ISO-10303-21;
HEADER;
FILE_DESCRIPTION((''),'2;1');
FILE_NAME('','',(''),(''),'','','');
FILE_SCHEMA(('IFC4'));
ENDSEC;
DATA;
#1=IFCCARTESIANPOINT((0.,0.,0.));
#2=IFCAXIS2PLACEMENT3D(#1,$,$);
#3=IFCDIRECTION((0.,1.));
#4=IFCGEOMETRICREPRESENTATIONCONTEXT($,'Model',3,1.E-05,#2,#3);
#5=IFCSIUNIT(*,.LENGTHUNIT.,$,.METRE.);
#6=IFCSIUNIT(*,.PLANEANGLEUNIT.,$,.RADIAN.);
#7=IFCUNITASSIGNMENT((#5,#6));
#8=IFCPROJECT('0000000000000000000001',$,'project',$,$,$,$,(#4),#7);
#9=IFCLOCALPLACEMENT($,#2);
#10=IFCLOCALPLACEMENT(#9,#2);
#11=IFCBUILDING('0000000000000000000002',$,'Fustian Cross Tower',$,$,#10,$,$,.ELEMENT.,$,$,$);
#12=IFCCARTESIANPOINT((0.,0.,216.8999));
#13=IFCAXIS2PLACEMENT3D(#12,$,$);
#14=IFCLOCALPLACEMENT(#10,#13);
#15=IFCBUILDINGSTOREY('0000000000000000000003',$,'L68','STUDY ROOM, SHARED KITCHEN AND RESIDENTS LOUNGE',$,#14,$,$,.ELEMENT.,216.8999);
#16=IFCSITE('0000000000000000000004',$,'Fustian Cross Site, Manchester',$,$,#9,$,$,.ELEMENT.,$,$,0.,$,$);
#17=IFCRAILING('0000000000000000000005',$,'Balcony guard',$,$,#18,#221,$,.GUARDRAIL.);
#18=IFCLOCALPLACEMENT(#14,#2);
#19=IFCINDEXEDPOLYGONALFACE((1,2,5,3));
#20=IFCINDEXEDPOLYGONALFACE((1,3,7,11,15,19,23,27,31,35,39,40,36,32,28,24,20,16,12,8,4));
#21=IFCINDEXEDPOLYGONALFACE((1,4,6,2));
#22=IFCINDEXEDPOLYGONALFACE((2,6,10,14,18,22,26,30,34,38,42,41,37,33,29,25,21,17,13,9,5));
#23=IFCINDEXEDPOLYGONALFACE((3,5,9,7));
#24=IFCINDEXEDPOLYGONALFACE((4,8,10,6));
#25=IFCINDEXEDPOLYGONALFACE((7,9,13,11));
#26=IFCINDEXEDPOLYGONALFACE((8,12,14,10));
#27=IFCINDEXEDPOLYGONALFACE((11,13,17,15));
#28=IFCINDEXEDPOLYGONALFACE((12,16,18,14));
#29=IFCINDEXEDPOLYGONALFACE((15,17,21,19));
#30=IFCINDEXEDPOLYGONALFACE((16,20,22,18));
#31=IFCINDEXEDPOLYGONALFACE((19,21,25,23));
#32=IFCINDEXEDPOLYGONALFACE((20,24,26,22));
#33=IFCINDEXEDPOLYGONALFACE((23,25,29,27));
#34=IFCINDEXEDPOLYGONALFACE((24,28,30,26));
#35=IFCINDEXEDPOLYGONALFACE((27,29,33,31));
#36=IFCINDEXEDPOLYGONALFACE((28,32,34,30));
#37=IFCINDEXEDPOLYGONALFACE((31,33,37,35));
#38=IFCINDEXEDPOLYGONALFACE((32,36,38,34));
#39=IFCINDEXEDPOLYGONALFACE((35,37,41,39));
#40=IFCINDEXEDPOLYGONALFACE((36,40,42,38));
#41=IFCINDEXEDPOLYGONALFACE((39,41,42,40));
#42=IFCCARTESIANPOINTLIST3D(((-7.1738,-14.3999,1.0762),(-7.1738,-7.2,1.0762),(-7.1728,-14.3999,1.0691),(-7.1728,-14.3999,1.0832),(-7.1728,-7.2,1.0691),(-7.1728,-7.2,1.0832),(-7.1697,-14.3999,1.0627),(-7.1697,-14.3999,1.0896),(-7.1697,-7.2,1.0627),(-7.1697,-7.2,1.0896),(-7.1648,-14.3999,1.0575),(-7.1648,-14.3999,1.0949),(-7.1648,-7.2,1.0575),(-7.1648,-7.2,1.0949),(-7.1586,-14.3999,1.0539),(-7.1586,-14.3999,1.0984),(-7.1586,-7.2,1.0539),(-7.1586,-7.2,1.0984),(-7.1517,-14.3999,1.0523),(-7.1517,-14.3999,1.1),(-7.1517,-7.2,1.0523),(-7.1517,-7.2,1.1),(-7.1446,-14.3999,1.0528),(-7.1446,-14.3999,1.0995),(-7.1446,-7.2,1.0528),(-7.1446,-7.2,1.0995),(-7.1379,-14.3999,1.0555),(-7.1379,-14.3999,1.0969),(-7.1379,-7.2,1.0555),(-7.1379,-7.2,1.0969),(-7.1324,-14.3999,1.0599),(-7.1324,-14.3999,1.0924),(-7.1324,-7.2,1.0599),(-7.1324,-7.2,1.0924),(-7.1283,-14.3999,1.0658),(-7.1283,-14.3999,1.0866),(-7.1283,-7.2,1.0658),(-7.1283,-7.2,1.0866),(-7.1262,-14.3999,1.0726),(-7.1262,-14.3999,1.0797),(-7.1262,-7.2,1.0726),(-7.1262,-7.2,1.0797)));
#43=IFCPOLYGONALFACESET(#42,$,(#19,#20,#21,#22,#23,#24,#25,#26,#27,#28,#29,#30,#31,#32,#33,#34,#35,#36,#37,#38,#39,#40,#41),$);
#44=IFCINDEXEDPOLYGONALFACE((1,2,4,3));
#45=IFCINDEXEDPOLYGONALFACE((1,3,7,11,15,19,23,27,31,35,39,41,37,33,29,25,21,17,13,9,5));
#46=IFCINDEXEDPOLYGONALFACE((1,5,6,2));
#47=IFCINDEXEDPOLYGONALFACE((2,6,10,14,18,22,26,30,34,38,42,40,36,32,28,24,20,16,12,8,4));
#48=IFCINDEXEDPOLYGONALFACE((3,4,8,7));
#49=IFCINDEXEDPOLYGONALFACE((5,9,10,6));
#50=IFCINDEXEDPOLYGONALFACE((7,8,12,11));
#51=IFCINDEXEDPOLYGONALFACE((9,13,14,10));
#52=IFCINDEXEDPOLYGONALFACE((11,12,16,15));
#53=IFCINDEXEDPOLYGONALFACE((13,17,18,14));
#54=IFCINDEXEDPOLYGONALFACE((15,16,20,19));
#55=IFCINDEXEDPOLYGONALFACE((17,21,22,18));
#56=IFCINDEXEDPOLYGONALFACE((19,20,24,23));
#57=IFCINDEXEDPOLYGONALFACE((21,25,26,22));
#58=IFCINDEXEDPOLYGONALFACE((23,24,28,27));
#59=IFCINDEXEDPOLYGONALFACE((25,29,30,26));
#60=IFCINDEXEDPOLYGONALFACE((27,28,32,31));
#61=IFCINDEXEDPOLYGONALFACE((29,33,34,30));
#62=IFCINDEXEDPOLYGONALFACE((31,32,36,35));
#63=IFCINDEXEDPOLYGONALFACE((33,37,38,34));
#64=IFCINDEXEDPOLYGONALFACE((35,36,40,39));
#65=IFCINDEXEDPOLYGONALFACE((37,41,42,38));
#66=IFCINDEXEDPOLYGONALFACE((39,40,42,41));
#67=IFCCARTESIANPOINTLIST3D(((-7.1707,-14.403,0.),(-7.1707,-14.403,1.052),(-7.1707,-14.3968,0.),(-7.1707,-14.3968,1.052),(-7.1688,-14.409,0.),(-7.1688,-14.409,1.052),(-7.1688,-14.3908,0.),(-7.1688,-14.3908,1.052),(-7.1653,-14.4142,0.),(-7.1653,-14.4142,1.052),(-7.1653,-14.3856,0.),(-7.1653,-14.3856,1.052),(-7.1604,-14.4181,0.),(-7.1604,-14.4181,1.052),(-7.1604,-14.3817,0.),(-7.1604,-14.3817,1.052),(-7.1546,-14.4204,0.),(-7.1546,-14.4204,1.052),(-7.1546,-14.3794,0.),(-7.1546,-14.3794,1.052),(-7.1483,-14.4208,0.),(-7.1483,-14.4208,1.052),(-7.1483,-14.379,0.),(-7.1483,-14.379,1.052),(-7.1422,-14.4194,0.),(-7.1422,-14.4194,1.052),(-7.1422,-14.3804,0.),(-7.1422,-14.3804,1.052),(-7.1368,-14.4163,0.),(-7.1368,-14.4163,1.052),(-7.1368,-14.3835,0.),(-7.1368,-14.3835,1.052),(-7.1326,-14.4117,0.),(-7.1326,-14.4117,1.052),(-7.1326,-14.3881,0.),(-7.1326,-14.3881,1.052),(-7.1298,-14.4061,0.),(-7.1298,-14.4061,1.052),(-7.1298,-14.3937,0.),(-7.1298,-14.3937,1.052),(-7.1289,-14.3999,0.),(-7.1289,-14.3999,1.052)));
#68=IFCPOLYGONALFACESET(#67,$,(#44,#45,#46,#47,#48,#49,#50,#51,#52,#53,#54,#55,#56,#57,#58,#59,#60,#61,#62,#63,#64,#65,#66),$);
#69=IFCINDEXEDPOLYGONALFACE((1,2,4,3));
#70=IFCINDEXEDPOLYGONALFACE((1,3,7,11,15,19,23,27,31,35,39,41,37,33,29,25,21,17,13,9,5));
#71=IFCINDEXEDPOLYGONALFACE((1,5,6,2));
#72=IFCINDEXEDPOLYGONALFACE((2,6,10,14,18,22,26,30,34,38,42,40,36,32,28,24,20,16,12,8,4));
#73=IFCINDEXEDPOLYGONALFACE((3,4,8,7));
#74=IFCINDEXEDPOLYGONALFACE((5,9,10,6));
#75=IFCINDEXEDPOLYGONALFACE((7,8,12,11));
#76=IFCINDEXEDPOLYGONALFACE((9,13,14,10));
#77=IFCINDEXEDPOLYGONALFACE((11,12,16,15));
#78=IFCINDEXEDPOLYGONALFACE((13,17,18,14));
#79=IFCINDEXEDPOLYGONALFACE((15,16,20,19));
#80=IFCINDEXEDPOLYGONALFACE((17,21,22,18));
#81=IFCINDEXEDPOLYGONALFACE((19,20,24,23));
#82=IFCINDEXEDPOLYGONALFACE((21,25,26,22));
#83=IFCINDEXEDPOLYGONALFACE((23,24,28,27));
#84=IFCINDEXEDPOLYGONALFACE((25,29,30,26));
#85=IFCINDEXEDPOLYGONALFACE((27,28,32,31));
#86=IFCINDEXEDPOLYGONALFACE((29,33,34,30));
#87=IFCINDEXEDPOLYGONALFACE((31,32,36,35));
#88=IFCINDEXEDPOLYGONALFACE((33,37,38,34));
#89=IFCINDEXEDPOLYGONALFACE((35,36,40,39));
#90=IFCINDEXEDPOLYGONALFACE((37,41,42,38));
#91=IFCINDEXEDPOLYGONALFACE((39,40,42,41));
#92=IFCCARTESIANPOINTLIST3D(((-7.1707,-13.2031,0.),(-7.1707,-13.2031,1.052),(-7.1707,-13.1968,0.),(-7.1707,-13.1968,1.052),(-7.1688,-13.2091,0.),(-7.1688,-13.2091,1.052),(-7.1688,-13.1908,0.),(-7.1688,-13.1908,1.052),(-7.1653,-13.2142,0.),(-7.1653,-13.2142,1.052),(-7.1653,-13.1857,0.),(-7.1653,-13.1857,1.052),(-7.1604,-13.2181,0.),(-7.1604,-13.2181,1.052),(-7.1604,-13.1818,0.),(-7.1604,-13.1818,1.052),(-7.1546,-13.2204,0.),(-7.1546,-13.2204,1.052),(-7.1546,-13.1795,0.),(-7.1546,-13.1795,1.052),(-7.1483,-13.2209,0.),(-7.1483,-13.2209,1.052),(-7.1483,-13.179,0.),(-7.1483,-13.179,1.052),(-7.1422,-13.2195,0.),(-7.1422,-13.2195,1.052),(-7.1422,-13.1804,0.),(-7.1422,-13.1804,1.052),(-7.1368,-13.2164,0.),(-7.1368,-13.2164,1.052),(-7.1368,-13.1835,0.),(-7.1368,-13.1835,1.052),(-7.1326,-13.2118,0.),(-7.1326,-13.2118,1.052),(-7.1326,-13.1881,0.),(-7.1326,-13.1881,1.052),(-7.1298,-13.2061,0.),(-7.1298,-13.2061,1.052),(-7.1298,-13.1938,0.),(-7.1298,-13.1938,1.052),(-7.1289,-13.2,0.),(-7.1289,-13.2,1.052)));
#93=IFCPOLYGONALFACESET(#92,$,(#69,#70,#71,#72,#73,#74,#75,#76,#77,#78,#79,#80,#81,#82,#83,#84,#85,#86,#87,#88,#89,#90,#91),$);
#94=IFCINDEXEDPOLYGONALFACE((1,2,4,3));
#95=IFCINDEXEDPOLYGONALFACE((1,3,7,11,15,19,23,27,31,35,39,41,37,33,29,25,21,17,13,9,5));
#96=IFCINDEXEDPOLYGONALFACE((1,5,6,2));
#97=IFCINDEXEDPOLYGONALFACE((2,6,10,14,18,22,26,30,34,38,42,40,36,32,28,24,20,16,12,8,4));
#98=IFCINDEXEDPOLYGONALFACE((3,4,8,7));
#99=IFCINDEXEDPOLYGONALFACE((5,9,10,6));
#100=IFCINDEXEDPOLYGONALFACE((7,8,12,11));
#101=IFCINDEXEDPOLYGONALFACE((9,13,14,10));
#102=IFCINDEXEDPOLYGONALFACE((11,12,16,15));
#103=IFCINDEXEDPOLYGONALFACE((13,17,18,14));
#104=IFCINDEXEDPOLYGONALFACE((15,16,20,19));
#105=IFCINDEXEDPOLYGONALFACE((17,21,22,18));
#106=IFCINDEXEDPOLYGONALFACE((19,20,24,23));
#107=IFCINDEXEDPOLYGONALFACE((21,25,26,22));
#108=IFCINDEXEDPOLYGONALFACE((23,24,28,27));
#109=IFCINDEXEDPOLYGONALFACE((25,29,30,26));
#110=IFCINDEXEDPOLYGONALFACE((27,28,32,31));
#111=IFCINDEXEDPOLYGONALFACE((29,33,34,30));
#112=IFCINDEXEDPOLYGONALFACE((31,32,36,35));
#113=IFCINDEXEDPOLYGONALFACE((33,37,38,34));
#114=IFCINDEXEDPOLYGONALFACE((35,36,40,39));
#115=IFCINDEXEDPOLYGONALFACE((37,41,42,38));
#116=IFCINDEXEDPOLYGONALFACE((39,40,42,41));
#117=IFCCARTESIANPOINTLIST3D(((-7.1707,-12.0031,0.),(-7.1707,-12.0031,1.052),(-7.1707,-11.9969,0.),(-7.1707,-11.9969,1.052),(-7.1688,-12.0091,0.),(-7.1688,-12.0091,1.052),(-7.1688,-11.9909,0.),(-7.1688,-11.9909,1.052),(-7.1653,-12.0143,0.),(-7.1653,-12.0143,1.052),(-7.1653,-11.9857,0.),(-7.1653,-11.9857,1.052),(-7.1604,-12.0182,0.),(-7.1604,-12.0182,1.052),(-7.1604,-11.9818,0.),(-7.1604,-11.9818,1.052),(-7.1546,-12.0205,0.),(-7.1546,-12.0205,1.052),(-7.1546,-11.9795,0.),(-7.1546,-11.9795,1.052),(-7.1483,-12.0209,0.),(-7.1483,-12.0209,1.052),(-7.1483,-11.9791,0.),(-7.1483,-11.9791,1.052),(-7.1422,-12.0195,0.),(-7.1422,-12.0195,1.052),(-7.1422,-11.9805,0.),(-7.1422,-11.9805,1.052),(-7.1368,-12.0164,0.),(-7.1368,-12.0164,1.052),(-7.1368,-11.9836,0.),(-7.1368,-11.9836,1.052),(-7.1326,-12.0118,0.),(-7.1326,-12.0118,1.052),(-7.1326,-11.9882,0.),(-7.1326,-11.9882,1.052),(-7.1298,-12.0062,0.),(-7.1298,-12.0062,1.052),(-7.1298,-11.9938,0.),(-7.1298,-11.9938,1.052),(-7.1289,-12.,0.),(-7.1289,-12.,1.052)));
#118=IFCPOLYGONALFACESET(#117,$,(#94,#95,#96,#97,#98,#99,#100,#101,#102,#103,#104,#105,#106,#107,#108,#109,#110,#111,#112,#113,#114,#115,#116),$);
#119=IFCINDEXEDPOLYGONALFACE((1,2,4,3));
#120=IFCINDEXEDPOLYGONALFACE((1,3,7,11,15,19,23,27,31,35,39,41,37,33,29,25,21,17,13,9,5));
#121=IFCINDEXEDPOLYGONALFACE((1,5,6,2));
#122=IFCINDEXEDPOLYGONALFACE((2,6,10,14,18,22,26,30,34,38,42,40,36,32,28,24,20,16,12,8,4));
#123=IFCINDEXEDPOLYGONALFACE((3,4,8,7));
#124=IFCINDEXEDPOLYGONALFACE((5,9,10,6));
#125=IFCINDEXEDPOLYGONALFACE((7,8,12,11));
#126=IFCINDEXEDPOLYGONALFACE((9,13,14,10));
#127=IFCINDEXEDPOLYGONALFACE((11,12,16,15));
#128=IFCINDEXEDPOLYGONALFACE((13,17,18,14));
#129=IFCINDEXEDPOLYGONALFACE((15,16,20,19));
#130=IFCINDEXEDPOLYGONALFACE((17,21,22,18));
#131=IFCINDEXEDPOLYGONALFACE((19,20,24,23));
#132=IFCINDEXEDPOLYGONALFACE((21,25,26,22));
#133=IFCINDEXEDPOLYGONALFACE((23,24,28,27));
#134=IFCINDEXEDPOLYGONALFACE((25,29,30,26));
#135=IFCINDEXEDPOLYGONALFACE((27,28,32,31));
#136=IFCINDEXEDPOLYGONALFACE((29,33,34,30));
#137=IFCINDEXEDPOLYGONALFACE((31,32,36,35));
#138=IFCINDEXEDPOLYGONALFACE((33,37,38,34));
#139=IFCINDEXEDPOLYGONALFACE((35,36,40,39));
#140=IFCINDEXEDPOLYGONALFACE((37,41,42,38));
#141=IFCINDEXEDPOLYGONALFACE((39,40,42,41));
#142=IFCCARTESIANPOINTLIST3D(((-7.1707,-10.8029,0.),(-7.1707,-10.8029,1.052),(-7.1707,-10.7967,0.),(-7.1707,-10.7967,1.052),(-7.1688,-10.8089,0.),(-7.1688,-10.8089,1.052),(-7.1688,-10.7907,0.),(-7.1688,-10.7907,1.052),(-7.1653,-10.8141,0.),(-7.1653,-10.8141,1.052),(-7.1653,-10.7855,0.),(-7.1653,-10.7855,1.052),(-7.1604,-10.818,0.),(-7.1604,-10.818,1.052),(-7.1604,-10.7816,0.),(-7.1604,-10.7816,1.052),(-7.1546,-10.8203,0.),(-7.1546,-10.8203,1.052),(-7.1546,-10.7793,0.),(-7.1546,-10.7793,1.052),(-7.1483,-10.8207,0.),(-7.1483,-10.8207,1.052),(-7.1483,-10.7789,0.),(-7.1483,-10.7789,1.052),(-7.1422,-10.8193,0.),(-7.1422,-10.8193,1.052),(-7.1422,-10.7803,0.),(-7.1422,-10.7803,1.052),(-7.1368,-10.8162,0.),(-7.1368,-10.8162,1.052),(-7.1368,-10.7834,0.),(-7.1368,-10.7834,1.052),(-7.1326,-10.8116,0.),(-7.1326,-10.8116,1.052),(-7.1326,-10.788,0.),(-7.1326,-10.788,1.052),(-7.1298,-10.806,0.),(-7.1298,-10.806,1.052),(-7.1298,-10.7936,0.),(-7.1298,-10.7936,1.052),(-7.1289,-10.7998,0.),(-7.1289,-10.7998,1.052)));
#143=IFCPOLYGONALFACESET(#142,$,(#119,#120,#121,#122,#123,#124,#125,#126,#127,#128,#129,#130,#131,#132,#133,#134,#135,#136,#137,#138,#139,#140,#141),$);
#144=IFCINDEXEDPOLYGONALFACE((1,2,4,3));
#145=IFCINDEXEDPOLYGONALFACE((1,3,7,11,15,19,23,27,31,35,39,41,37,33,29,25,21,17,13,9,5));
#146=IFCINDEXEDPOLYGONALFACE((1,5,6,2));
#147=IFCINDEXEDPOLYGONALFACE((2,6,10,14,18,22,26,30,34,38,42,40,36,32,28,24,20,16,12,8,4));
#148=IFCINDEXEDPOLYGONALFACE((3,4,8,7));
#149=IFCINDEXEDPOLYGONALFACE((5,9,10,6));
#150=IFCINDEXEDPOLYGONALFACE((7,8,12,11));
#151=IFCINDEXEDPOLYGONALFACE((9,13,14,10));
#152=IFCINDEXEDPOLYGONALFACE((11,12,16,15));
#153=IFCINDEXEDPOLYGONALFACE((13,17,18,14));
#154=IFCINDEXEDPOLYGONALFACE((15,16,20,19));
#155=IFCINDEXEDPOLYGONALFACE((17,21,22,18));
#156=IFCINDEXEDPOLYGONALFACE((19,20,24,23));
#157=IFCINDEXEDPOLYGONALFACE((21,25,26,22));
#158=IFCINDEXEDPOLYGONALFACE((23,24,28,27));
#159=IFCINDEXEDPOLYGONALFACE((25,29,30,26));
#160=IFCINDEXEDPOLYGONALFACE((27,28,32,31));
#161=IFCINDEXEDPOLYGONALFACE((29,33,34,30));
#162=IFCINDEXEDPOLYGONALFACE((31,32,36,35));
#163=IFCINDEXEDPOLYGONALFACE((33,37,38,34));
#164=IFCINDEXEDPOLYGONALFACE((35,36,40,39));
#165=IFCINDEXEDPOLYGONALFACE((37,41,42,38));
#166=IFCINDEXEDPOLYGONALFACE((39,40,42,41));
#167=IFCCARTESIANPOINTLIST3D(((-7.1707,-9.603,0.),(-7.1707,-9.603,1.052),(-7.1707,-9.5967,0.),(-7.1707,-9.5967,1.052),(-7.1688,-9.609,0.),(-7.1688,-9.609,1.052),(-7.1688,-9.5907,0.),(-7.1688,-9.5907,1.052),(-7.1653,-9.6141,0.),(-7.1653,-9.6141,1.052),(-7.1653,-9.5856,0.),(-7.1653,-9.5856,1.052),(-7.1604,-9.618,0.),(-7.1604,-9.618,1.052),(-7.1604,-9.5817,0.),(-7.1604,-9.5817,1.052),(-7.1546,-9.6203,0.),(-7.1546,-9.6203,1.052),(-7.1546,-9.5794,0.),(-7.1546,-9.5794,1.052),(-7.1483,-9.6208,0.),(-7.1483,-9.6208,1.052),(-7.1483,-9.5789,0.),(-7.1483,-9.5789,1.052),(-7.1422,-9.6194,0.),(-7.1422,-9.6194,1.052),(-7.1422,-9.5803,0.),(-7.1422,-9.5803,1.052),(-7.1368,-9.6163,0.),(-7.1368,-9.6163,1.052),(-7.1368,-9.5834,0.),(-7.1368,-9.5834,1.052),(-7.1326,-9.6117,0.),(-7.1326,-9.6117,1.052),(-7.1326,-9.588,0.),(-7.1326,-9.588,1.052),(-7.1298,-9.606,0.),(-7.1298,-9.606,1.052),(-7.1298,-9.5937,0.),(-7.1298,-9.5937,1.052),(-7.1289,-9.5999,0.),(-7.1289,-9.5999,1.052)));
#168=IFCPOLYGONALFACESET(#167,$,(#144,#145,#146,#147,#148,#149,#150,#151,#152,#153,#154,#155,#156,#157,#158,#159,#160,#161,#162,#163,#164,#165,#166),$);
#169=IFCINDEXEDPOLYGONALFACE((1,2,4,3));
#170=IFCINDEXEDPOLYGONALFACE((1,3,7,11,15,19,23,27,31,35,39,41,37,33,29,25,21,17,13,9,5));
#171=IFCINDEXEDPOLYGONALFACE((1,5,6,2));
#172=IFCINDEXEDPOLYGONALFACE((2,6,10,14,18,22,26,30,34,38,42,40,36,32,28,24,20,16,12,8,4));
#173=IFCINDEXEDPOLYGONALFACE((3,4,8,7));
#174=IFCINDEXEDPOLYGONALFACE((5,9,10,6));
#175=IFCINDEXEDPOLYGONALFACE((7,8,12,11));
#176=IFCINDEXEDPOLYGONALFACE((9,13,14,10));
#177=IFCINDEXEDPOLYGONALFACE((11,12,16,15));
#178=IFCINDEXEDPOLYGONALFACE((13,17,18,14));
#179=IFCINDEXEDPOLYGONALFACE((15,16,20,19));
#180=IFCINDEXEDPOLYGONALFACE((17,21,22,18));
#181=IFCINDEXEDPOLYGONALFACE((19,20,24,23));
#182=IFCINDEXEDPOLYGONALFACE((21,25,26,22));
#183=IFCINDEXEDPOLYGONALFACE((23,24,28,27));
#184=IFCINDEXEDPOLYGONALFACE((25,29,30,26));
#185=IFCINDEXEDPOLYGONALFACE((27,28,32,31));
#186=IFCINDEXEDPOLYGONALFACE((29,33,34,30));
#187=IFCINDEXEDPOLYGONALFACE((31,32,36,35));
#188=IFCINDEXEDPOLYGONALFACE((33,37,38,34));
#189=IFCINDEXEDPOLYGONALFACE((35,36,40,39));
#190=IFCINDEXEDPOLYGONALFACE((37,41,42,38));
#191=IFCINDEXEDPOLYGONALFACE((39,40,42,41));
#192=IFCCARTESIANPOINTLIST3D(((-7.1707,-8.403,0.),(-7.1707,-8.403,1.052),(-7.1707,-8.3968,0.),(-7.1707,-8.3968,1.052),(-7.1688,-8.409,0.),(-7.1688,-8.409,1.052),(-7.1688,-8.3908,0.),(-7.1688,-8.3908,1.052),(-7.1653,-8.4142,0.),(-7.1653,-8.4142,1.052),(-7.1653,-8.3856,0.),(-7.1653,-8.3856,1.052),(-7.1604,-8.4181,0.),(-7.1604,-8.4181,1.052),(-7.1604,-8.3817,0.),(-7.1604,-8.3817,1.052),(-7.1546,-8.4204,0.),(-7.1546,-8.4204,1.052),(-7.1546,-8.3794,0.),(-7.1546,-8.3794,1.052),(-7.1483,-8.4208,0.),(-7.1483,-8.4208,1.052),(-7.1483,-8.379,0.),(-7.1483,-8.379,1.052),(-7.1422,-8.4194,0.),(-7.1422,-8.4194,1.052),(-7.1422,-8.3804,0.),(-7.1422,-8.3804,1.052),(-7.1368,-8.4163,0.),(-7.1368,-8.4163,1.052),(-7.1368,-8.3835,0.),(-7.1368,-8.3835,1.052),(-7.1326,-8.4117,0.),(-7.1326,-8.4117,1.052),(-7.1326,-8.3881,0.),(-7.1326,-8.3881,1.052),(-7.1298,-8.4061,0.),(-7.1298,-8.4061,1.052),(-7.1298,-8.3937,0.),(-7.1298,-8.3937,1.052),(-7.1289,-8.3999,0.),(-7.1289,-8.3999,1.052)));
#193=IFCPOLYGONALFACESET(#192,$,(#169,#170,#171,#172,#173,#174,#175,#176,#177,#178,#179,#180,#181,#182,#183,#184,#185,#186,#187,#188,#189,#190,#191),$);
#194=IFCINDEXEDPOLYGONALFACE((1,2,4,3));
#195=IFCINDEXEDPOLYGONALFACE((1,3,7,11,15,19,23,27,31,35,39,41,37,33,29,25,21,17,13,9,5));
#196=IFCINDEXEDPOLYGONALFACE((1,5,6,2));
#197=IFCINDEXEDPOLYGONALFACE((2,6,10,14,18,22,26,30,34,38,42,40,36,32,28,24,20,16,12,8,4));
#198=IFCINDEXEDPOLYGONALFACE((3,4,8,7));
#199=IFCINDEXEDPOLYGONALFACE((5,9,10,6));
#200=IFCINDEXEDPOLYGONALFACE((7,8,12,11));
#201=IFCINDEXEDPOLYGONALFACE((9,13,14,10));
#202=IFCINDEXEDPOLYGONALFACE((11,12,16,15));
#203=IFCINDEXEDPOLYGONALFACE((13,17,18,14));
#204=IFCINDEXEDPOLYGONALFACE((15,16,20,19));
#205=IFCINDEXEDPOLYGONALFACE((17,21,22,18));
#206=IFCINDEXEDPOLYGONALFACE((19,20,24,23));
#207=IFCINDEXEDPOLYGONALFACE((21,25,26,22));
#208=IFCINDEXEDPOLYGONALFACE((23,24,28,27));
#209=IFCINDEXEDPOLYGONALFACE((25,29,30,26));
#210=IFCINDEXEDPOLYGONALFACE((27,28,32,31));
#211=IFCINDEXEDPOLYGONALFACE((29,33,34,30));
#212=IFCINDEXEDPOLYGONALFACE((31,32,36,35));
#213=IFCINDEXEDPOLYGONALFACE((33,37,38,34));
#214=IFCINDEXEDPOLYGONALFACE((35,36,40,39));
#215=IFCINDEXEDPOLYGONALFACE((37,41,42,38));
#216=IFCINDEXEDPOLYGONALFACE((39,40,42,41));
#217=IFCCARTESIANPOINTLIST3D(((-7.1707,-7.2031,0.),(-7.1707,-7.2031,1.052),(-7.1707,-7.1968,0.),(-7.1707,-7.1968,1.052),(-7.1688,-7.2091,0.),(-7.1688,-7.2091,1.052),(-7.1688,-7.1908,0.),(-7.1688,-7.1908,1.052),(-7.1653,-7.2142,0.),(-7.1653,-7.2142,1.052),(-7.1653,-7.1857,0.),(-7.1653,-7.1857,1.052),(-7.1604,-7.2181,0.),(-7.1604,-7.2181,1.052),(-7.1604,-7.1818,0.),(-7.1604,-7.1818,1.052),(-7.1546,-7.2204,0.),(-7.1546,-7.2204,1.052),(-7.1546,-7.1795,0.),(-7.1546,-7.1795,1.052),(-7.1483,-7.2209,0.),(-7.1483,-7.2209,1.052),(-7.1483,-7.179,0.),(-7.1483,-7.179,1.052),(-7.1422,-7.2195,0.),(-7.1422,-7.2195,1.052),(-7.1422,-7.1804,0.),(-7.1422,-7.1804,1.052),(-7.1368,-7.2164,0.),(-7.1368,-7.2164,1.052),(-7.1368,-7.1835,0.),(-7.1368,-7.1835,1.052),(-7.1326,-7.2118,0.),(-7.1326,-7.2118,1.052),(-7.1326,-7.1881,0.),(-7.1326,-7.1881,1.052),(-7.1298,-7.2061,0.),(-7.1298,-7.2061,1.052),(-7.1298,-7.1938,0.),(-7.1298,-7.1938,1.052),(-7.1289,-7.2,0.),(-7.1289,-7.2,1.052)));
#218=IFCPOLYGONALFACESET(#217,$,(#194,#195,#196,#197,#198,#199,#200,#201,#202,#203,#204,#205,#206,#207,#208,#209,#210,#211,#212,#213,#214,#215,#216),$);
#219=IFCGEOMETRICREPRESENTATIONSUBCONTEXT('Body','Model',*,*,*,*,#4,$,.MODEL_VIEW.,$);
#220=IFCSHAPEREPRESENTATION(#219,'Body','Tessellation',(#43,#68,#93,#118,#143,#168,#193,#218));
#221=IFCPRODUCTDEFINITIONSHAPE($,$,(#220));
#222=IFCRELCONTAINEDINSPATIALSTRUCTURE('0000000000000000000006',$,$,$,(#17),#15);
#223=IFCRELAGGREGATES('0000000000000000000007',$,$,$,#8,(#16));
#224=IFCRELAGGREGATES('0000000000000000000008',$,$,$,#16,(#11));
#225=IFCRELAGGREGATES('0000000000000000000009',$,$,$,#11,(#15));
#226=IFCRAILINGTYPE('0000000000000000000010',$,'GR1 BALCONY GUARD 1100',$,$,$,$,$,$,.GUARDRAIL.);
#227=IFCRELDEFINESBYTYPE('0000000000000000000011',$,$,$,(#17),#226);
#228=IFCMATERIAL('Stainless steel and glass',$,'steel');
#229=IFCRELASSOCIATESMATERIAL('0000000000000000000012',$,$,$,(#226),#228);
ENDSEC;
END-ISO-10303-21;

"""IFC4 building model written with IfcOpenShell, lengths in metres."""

from ifc_helpers import new_model, si_unit, direction, frame, origin, origin_2d, place, context, subcontext, project, spatial, circle, extrude, material, type_object, element, save


model = new_model("IFC4")

# Units and contexts
model_context = context("Model", 3, precision=1e-05, world=origin(), true_north=direction((0.0, 1.0)))
body_context = subcontext(model_context, "Body", "Model", "MODEL_VIEW")
ifc_project = project(units=[si_unit("LENGTHUNIT", "METRE"), si_unit("PLANEANGLEUNIT", "RADIAN")], contexts=[model_context])

# Site, building, storey
site_placement = place(None, origin())
site = spatial("IfcSite", under=ifc_project, at=site_placement, Name="Fustian Cross Site, Manchester", CompositionType="ELEMENT", RefElevation=0.0)
building_placement = place(site_placement, origin())
building = spatial("IfcBuilding", under=site, at=building_placement, Name="Fustian Cross Tower", CompositionType="ELEMENT")
storey_placement = place(building_placement, frame((0.0, 0.0, 216.8999)))
storey = spatial("IfcBuildingStorey", under=building, at=storey_placement, Name="L68", Description="STUDY ROOM, SHARED KITCHEN AND RESIDENTS LOUNGE", CompositionType="ELEMENT", Elevation=216.8999)

# Railing
ifc_material_1 = material(Name="Stainless steel and glass", Category="steel")
railing_type_1 = type_object("IfcRailingType", Name="GR1 BALCONY GUARD 1100", PredefinedType="GUARDRAIL", material=ifc_material_1)
railing_1_placement = place(storey_placement, frame((-7.1499, -14.3999, 0.0)))
element("IfcRailing", 1, at=railing_1_placement, inside=storey, type_object=railing_type_1, Name="Balcony guard", PredefinedType="GUARDRAIL", context=body_context, shape_type="SweptSolid", body=[
    extrude(circle(Radius=0.0239, at=origin_2d()), frame((0.0, 0.0, 1.0762), z_axis=(0.0, 1.0, 0.0), x_axis=(-1.0, 0.0, 0.0)), (0.0, 0.0, 1.0), 7.2),
    extrude(circle(Radius=0.021, at=origin_2d()), origin(), (0.0, 0.0, 1.0), 1.052),
    extrude(circle(Radius=0.021, at=origin_2d()), frame((0.0, 1.2, 0.0)), (0.0, 0.0, 1.0), 1.052),
    extrude(circle(Radius=0.021, at=origin_2d()), frame((0.0, 2.3999, 0.0)), (0.0, 0.0, 1.0), 1.052),
    extrude(circle(Radius=0.021, at=origin_2d()), frame((0.0, 3.6001, 0.0)), (0.0, 0.0, 1.0), 1.052),
    extrude(circle(Radius=0.021, at=origin_2d()), frame((0.0, 4.8, 0.0)), (0.0, 0.0, 1.0), 1.052),
    extrude(circle(Radius=0.021, at=origin_2d()), frame((0.0, 6.0, 0.0)), (0.0, 0.0, 1.0), 1.052),
    extrude(circle(Radius=0.021, at=origin_2d()), frame((0.0, 7.2, 0.0)), (0.0, 0.0, 1.0), 1.052),
])

save(model, "model.ifc")
